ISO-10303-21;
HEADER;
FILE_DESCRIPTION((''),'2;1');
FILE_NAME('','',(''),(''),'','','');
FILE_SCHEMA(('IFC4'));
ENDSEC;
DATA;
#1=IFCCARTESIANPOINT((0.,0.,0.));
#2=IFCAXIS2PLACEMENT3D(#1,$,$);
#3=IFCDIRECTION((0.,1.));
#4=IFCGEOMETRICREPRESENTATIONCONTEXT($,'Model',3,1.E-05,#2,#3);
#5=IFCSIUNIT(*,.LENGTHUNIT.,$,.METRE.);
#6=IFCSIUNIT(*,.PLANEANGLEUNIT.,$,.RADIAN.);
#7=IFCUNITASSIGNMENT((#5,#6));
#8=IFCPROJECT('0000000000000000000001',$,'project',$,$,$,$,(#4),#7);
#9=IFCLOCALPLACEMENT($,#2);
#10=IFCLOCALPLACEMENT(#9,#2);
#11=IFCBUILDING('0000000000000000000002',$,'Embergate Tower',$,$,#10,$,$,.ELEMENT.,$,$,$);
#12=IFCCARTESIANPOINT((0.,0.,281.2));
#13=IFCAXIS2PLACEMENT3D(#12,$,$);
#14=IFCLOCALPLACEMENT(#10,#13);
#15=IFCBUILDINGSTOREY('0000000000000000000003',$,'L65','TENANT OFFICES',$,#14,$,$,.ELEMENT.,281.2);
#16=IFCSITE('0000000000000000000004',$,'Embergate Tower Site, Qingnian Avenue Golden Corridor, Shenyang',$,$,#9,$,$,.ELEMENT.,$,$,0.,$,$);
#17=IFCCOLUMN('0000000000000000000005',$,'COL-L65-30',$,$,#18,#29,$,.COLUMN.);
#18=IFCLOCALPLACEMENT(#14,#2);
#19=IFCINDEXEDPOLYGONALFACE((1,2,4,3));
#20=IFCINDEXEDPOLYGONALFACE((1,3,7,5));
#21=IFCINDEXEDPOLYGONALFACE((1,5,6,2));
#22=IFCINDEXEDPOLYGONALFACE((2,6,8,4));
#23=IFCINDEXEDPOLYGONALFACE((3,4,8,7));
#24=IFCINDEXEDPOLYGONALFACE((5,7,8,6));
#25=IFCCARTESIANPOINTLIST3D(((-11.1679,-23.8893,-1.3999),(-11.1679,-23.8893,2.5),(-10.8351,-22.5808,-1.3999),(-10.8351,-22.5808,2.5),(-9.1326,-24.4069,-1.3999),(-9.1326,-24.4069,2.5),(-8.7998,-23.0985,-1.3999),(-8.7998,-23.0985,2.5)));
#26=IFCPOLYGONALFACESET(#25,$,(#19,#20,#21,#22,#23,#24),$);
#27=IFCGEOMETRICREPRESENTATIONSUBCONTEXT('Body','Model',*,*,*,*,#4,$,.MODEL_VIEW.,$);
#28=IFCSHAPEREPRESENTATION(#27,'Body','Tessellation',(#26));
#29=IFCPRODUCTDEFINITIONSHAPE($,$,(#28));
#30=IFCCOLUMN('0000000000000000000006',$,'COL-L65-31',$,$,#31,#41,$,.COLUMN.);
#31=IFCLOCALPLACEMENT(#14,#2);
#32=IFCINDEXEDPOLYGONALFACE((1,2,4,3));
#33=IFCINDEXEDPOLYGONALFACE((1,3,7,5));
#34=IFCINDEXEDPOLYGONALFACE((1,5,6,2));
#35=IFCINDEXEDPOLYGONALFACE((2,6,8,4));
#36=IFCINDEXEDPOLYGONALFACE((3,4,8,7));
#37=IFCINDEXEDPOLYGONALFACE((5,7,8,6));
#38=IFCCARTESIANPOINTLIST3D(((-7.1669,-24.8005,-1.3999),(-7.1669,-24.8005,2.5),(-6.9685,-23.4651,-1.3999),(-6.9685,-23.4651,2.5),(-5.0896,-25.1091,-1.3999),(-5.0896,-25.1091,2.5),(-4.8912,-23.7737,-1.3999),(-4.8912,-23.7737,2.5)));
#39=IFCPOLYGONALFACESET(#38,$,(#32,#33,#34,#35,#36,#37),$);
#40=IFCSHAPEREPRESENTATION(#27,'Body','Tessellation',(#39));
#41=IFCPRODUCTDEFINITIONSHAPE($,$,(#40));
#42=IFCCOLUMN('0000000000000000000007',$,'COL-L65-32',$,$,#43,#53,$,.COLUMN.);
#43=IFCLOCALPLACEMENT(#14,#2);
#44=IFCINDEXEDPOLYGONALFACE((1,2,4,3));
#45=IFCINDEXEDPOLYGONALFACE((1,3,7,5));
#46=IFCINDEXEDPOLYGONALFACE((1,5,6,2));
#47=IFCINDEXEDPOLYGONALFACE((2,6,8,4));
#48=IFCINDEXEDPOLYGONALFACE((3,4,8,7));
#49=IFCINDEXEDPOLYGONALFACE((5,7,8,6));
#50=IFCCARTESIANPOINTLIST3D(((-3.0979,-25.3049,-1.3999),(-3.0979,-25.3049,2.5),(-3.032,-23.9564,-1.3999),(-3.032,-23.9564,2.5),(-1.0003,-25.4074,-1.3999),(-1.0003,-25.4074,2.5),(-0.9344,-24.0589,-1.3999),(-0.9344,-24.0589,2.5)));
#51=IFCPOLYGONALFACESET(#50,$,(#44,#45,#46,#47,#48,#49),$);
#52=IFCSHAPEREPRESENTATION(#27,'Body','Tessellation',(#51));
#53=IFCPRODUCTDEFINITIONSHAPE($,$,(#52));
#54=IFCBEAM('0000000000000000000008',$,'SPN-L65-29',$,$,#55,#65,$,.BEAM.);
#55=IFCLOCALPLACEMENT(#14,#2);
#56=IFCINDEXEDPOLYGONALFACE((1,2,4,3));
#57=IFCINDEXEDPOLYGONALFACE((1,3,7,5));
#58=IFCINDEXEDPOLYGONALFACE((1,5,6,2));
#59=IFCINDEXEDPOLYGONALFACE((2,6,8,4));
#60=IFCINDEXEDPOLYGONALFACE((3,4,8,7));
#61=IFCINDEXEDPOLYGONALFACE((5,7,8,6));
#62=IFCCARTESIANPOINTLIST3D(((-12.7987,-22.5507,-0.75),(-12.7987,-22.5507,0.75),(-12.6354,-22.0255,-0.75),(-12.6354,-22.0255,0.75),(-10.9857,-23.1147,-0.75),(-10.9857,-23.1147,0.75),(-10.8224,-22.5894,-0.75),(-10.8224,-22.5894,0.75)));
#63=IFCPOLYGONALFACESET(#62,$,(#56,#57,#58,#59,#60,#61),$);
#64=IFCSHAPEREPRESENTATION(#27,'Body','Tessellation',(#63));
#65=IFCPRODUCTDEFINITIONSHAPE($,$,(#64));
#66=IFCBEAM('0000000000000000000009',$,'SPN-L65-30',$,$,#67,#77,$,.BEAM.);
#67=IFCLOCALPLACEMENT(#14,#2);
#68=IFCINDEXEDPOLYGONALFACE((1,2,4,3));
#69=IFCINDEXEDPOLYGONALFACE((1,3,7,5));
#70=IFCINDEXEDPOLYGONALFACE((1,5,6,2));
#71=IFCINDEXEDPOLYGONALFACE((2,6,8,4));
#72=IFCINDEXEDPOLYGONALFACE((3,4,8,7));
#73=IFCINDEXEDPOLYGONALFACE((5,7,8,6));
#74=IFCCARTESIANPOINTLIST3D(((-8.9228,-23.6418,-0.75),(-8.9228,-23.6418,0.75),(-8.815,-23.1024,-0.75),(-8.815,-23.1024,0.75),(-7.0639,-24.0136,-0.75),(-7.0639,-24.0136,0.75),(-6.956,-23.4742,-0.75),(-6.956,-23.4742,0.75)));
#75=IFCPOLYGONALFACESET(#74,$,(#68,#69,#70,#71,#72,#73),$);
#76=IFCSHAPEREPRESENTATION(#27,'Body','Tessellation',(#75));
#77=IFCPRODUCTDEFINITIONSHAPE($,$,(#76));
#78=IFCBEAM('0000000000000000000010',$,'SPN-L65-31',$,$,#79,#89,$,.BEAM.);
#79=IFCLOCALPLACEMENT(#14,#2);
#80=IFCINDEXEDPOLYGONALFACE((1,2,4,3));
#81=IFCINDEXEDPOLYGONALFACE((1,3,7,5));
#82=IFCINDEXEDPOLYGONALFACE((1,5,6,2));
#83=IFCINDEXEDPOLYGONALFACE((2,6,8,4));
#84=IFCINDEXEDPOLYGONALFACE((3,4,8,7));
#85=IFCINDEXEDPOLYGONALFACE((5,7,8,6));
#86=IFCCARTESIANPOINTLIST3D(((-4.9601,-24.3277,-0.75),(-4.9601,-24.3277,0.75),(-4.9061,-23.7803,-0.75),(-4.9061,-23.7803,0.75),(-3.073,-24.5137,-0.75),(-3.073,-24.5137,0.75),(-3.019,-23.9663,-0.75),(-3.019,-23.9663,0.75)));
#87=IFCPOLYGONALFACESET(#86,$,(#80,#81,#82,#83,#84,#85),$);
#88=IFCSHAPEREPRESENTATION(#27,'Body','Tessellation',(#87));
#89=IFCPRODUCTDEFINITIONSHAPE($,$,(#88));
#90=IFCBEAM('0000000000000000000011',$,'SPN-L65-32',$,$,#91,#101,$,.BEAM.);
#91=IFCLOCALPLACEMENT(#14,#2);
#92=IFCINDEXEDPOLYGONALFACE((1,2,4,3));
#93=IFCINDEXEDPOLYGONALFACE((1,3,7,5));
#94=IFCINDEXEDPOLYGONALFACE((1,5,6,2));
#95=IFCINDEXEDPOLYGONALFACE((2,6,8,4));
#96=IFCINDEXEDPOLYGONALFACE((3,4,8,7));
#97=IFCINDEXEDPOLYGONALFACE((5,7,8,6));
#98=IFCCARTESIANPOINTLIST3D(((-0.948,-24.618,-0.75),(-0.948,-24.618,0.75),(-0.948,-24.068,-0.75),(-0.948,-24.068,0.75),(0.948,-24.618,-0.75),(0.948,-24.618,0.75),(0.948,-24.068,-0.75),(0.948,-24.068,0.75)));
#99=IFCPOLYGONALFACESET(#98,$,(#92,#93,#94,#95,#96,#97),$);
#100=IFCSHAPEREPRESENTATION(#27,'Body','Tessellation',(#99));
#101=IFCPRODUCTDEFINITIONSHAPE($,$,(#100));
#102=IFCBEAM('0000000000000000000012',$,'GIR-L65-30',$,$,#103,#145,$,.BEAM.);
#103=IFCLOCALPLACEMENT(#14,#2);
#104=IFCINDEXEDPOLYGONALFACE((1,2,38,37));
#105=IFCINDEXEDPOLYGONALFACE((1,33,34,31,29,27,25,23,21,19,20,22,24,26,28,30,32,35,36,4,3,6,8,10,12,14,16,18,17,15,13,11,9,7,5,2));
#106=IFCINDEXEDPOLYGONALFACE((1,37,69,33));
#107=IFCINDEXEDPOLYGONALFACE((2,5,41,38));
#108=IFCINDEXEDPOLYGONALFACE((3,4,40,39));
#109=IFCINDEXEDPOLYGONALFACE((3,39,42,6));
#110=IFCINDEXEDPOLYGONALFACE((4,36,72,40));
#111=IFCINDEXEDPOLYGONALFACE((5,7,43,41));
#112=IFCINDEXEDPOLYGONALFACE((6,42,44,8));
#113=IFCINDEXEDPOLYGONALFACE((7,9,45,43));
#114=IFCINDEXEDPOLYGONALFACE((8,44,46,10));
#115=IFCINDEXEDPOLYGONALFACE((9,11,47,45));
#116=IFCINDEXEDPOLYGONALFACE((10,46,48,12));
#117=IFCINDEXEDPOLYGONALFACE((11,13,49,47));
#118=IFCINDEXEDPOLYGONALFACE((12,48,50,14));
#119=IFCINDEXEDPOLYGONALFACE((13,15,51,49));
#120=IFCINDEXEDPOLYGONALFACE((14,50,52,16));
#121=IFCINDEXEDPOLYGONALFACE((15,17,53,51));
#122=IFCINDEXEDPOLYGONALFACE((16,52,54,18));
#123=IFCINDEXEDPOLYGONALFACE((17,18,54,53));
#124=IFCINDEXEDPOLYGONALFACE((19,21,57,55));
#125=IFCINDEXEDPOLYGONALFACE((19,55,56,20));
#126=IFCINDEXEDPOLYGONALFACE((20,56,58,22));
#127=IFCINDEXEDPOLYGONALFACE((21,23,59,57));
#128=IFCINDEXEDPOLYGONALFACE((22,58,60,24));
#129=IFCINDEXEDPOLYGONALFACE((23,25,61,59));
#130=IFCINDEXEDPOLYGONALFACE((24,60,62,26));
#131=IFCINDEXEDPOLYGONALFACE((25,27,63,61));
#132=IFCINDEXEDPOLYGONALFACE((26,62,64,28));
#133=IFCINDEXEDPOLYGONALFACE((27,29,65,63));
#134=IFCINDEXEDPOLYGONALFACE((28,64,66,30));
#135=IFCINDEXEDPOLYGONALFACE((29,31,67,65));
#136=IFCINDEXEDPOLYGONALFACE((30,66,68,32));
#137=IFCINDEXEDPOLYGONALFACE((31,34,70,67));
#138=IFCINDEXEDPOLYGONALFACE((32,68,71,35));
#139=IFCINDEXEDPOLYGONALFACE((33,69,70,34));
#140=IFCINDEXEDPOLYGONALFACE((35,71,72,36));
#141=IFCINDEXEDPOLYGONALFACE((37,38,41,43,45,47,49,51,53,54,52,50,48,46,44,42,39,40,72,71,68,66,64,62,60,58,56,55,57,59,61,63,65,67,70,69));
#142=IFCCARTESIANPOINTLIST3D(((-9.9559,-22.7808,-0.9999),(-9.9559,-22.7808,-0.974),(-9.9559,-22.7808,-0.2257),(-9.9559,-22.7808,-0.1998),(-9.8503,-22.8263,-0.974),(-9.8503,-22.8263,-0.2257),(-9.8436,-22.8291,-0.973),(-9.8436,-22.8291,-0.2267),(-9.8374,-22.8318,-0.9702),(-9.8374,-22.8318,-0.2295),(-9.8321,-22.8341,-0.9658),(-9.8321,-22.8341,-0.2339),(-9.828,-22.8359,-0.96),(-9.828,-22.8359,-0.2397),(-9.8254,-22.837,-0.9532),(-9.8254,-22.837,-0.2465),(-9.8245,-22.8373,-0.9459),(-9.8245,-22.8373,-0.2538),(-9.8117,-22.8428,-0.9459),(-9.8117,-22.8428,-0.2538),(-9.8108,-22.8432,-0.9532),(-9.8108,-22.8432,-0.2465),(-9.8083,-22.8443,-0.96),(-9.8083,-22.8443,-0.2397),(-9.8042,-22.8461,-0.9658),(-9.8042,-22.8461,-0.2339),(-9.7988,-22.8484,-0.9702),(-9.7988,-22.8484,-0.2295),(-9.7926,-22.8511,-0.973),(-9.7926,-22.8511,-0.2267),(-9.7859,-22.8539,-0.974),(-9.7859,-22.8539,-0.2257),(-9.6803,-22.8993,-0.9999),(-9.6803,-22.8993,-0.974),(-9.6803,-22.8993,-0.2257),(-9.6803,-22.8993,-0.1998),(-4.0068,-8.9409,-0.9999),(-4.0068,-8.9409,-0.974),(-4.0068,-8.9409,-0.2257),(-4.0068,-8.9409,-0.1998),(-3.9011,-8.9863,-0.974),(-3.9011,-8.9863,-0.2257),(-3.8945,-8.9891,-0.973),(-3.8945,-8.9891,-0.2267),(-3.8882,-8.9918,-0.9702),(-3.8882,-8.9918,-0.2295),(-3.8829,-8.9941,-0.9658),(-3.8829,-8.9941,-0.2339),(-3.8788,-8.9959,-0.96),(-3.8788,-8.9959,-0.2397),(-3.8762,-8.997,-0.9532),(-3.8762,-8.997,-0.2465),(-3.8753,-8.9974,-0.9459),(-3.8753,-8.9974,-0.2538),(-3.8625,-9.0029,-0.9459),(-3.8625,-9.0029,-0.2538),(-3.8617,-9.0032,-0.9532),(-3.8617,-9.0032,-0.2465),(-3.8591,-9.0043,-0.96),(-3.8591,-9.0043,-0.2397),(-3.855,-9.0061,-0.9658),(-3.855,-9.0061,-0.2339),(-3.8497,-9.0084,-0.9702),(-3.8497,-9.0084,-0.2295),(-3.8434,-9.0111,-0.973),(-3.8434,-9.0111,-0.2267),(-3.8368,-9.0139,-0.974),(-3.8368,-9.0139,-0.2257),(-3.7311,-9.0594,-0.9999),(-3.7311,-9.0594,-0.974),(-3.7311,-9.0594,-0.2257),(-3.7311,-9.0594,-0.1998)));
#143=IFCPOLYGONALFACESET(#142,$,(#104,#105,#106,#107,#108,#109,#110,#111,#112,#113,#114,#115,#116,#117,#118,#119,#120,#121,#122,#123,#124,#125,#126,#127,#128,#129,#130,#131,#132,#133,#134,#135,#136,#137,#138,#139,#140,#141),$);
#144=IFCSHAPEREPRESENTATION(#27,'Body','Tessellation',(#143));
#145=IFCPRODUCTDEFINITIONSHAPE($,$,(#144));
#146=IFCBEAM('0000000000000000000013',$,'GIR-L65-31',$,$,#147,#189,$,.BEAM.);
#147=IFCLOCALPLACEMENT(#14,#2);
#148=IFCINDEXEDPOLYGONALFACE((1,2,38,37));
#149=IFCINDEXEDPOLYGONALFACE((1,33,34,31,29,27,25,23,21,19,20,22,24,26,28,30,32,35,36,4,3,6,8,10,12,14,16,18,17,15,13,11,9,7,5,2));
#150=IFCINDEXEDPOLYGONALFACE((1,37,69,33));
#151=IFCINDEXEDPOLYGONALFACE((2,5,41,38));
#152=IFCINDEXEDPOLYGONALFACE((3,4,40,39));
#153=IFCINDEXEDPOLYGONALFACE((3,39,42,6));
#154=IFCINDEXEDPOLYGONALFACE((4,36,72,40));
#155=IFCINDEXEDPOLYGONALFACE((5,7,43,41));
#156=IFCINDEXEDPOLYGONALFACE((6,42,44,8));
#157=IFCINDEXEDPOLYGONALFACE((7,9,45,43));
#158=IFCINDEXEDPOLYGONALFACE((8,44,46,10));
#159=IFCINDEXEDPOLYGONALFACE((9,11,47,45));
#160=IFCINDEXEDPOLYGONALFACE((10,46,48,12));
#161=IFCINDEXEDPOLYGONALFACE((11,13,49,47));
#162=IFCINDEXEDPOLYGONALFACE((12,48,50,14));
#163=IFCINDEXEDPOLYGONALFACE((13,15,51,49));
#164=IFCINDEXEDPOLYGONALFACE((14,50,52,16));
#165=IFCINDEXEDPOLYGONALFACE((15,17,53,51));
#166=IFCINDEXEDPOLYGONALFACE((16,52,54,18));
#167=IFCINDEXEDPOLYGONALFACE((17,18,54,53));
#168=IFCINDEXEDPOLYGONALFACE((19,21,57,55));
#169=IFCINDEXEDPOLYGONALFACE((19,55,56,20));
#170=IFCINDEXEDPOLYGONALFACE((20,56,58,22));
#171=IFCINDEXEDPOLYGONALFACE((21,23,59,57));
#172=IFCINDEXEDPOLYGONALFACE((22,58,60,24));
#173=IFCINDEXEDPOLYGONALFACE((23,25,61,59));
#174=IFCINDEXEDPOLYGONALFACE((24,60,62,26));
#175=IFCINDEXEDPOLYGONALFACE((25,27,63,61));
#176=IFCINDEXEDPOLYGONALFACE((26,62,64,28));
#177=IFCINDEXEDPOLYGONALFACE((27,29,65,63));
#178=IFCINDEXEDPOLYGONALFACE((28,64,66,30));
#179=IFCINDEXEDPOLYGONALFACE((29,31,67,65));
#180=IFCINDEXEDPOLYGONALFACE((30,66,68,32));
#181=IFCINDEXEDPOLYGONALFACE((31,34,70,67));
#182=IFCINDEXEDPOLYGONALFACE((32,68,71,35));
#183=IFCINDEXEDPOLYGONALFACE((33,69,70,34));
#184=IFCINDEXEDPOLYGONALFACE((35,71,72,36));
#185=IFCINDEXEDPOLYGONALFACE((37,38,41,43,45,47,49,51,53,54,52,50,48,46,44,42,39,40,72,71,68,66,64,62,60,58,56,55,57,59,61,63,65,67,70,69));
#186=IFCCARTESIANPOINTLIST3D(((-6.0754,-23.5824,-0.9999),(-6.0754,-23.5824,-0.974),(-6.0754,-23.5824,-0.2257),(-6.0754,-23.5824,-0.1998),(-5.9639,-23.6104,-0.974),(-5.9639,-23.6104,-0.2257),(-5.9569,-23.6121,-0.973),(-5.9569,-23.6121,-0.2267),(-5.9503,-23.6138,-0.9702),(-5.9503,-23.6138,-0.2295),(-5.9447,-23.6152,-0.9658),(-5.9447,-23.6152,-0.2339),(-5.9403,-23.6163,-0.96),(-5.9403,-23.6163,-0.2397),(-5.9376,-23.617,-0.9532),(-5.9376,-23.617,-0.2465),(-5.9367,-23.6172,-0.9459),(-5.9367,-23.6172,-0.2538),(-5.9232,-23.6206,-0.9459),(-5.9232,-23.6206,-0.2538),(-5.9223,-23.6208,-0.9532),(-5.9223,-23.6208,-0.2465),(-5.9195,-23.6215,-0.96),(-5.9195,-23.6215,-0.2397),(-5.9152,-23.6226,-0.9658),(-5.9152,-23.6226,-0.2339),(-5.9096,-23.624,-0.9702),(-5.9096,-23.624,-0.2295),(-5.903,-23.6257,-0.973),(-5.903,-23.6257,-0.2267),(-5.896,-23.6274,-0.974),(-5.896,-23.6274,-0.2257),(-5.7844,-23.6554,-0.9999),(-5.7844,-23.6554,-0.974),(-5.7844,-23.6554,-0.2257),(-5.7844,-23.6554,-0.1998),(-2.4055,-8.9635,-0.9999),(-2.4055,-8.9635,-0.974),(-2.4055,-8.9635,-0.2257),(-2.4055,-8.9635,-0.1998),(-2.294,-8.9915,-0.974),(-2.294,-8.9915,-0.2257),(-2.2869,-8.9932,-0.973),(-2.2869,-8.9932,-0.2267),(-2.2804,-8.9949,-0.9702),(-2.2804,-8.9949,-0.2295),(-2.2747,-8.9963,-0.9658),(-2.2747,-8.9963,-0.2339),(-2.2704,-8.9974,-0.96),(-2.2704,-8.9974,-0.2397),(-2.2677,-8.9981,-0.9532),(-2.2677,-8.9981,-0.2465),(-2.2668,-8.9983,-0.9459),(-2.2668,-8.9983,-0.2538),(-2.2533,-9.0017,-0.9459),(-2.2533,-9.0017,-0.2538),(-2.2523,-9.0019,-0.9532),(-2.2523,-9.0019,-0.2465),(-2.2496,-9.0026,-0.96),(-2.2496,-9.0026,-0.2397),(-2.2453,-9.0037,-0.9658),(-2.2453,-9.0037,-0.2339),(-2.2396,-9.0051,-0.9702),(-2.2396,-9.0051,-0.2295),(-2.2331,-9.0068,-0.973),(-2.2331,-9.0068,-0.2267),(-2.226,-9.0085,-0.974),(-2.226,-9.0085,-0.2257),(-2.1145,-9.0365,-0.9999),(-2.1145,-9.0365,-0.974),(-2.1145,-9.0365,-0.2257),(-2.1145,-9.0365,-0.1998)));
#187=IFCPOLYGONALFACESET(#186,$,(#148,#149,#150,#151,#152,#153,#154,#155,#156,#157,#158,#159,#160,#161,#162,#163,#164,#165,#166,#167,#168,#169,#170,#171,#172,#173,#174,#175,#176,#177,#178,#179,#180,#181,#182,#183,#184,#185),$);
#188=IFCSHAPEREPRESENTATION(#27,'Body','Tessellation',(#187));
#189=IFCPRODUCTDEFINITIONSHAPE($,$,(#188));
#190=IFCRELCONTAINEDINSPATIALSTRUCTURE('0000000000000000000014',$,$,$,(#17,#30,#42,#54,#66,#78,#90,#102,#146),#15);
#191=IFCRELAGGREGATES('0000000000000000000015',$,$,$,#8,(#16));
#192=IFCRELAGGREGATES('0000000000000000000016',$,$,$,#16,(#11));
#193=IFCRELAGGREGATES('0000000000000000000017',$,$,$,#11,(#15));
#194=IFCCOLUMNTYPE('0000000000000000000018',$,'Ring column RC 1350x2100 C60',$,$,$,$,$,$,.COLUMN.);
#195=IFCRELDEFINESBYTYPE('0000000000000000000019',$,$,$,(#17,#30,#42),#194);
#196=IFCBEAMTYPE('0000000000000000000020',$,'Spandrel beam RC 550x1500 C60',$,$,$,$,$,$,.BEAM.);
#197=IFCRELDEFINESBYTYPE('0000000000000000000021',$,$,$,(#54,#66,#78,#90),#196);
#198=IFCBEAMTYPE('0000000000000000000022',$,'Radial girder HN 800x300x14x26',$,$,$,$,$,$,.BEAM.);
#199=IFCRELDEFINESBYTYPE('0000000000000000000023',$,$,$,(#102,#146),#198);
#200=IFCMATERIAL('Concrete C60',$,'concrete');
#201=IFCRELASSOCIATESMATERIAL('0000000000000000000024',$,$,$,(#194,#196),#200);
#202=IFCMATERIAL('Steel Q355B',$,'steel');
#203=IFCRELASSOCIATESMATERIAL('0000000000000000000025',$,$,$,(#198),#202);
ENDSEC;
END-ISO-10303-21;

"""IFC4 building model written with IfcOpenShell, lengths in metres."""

from ifc_helpers import new_model, si_unit, direction, frame, origin, origin_2d, place, context, subcontext, project, spatial, rectangle, i_section, extrude, source, transform, mapped, material, material_profile, profile_set, type_object, element, save


model = new_model("IFC4")

# Units and contexts
model_context = context("Model", 3, precision=1e-05, world=origin(), true_north=direction((0.0, 1.0)))
body_context = subcontext(model_context, "Body", "Model", "MODEL_VIEW")
ifc_project = project(units=[si_unit("LENGTHUNIT", "METRE"), si_unit("PLANEANGLEUNIT", "RADIAN")], contexts=[model_context])

# Site, building, storey
site_placement = place(None, origin())
site = spatial("IfcSite", under=ifc_project, at=site_placement, Name="Embergate Tower Site, Qingnian Avenue Golden Corridor, Shenyang", CompositionType="ELEMENT", RefElevation=0.0)
building_placement = place(site_placement, origin())
building = spatial("IfcBuilding", under=site, at=building_placement, Name="Embergate Tower", CompositionType="ELEMENT")
storey_placement = place(building_placement, frame((0.0, 0.0, 281.2)))
storey = spatial("IfcBuildingStorey", under=building, at=storey_placement, Name="L65", Description="TENANT OFFICES", CompositionType="ELEMENT", Elevation=281.2)

# Columns
ifc_material_1 = material(Name="Concrete C60", Category="concrete")
ifc_material_profile_1 = material_profile(ifc_material_1, rectangle(XDim=1.3501, YDim=2.1001, at=origin_2d()), Name="RC 1350x2100")
ifc_profile_set_1 = profile_set([ifc_material_profile_1], Name="Concrete C60")
column_type = type_object("IfcColumnType", Name="Ring column RC 1350x2100 C60", PredefinedType="COLUMN", material=ifc_profile_set_1)
shared_shape_1 = source(origin(), body_context, "Body", "SweptSolid", [
    extrude(rectangle(XDim=1.3501, YDim=2.1001, at=origin_2d()), origin(), (0.0, 0.0, 1.0), 3.8999),
])
for number, where, z_axis, x_axis, name in (
    (1, (-9.9839, -23.4939, -1.3999), (0.0, 0.0, 1.0), (-0.246492, -0.969145, 0.0), "COL-L65-30"),
    (2, (-6.0291, -24.2871, -1.3999), (0.0, 0.0, 1.0), (-0.146929, -0.989147, 0.0), "COL-L65-31"),
    (3, (-2.0161, -24.6819, -1.3999), (0.0, 0.0, 1.0), (-0.048815, -0.998808, 0.0), "COL-L65-32"),
):
    element("IfcColumn", number, at=place(storey_placement, frame(where, z_axis=z_axis, x_axis=x_axis)), inside=storey, type_object=column_type, Name=name, PredefinedType="COLUMN", context=body_context, shape_type="MappedRepresentation", body=[
        mapped(shared_shape_1, transform((0.0, 0.0, 0.0))),
    ])

# Beams
ifc_material_profile_2 = material_profile(ifc_material_1, rectangle(XDim=0.55, YDim=1.5, at=origin_2d()), Name="RC 550x1500")
ifc_profile_set_2 = profile_set([ifc_material_profile_2], Name="Concrete C60")
beam_type_1 = type_object("IfcBeamType", Name="Spandrel beam RC 550x1500 C60", PredefinedType="BEAM", material=ifc_profile_set_2)
shared_shape_2 = source(origin(), body_context, "Body", "SweptSolid", [
    extrude(rectangle(XDim=0.55, YDim=1.5, at=origin_2d()), origin(), (0.0, 0.0, 1.0), 1.8987),
])
beam_1_placement = place(storey_placement, frame((-12.717, -22.2881, 0.0), z_axis=(0.954868, -0.29703, 0.0), x_axis=(0.29703, 0.954868, 0.0)))
element("IfcBeam", 4, at=beam_1_placement, inside=storey, type_object=beam_type_1, Name="SPN-L65-29", PredefinedType="BEAM", context=body_context, shape_type="MappedRepresentation", body=[
    mapped(shared_shape_2, transform((0.0, 0.0, 0.0))),
])
shared_shape_3 = source(origin(), body_context, "Body", "SweptSolid", [
    extrude(rectangle(XDim=0.55, YDim=1.5, at=origin_2d()), origin(), (0.0, 0.0, 1.0), 1.8958),
])
beam_2_placement = place(storey_placement, frame((-8.8689, -23.3721, 0.0), z_axis=(0.980576, -0.196141, 0.0), x_axis=(0.196141, 0.980576, 0.0)))
element("IfcBeam", 5, at=beam_2_placement, inside=storey, type_object=beam_type_1, Name="SPN-L65-30", PredefinedType="BEAM", context=body_context, shape_type="MappedRepresentation", body=[
    mapped(shared_shape_3, transform((0.0, 0.0, 0.0))),
])
shared_shape_4 = source(origin(), body_context, "Body", "SweptSolid", [
    extrude(rectangle(XDim=0.55, YDim=1.5, at=origin_2d()), origin(), (0.0, 0.0, 1.0), 1.8962),
])
beam_3_placement = place(storey_placement, frame((-4.9331, -24.054, 0.0), z_axis=(0.995176, -0.098101, 0.0), x_axis=(0.098101, 0.995176, 0.0)))
element("IfcBeam", 6, at=beam_3_placement, inside=storey, type_object=beam_type_1, Name="SPN-L65-31", PredefinedType="BEAM", context=body_context, shape_type="MappedRepresentation", body=[
    mapped(shared_shape_4, transform((0.0, 0.0, 0.0))),
])
shared_shape_5 = source(origin(), body_context, "Body", "SweptSolid", [
    extrude(rectangle(XDim=0.55, YDim=1.5, at=origin_2d()), origin(), (0.0, 0.0, 1.0), 1.896),
])
beam_4_placement = place(storey_placement, frame((-0.948, -24.343, 0.0), z_axis=(1.0, 0.0, 0.0), x_axis=(0.0, 1.0, 0.0)))
element("IfcBeam", 7, at=beam_4_placement, inside=storey, type_object=beam_type_1, Name="SPN-L65-32", PredefinedType="BEAM", context=body_context, shape_type="MappedRepresentation", body=[
    mapped(shared_shape_5, transform((0.0, 0.0, 0.0))),
])
ifc_material_2 = material(Name="Steel Q355B", Category="steel")
ifc_material_profile_3 = material_profile(ifc_material_2, i_section(OverallWidth=0.3, OverallDepth=0.8, WebThickness=0.0139, FlangeThickness=0.0259, FilletRadius=0.0281, at=origin_2d()), Name="HN 800x300x14x26")
ifc_profile_set_3 = profile_set([ifc_material_profile_3], Name="Steel Q355 grade B")
beam_type_2 = type_object("IfcBeamType", Name="Radial girder HN 800x300x14x26", PredefinedType="BEAM", material=ifc_profile_set_3)
shared_shape_6 = source(origin(), body_context, "Body", "SweptSolid", [
    extrude(i_section(OverallWidth=0.3, OverallDepth=0.8, WebThickness=0.0139, FlangeThickness=0.0259, FilletRadius=0.0281, at=origin_2d()), origin(), (0.0, 0.0, 1.0), 15.0645),
])
beam_5_placement = place(storey_placement, frame((-9.8181, -22.8401, -0.5999), z_axis=(0.394915, 0.918718, 0.0), x_axis=(-0.918718, 0.394915, 0.0)))
element("IfcBeam", 8, at=beam_5_placement, inside=storey, type_object=beam_type_2, Name="GIR-L65-30", PredefinedType="BEAM", context=body_context, shape_type="MappedRepresentation", body=[
    mapped(shared_shape_6, transform((0.0, 0.0, 0.0))),
])
shared_shape_7 = source(origin(), body_context, "Body", "SweptSolid", [
    extrude(i_section(OverallWidth=0.3, OverallDepth=0.8, WebThickness=0.0139, FlangeThickness=0.0259, FilletRadius=0.0281, at=origin_2d()), origin(), (0.0, 0.0, 1.0), 15.0725),
])
beam_6_placement = place(storey_placement, frame((-5.9299, -23.6189, -0.5999), z_axis=(0.243485, 0.969905, 0.0), x_axis=(-0.969905, 0.243485, 0.0)))
element("IfcBeam", 9, at=beam_6_placement, inside=storey, type_object=beam_type_2, Name="GIR-L65-31", PredefinedType="BEAM", context=body_context, shape_type="MappedRepresentation", body=[
    mapped(shared_shape_7, transform((0.0, 0.0, 0.0))),
])

save(model, "model.ifc")
